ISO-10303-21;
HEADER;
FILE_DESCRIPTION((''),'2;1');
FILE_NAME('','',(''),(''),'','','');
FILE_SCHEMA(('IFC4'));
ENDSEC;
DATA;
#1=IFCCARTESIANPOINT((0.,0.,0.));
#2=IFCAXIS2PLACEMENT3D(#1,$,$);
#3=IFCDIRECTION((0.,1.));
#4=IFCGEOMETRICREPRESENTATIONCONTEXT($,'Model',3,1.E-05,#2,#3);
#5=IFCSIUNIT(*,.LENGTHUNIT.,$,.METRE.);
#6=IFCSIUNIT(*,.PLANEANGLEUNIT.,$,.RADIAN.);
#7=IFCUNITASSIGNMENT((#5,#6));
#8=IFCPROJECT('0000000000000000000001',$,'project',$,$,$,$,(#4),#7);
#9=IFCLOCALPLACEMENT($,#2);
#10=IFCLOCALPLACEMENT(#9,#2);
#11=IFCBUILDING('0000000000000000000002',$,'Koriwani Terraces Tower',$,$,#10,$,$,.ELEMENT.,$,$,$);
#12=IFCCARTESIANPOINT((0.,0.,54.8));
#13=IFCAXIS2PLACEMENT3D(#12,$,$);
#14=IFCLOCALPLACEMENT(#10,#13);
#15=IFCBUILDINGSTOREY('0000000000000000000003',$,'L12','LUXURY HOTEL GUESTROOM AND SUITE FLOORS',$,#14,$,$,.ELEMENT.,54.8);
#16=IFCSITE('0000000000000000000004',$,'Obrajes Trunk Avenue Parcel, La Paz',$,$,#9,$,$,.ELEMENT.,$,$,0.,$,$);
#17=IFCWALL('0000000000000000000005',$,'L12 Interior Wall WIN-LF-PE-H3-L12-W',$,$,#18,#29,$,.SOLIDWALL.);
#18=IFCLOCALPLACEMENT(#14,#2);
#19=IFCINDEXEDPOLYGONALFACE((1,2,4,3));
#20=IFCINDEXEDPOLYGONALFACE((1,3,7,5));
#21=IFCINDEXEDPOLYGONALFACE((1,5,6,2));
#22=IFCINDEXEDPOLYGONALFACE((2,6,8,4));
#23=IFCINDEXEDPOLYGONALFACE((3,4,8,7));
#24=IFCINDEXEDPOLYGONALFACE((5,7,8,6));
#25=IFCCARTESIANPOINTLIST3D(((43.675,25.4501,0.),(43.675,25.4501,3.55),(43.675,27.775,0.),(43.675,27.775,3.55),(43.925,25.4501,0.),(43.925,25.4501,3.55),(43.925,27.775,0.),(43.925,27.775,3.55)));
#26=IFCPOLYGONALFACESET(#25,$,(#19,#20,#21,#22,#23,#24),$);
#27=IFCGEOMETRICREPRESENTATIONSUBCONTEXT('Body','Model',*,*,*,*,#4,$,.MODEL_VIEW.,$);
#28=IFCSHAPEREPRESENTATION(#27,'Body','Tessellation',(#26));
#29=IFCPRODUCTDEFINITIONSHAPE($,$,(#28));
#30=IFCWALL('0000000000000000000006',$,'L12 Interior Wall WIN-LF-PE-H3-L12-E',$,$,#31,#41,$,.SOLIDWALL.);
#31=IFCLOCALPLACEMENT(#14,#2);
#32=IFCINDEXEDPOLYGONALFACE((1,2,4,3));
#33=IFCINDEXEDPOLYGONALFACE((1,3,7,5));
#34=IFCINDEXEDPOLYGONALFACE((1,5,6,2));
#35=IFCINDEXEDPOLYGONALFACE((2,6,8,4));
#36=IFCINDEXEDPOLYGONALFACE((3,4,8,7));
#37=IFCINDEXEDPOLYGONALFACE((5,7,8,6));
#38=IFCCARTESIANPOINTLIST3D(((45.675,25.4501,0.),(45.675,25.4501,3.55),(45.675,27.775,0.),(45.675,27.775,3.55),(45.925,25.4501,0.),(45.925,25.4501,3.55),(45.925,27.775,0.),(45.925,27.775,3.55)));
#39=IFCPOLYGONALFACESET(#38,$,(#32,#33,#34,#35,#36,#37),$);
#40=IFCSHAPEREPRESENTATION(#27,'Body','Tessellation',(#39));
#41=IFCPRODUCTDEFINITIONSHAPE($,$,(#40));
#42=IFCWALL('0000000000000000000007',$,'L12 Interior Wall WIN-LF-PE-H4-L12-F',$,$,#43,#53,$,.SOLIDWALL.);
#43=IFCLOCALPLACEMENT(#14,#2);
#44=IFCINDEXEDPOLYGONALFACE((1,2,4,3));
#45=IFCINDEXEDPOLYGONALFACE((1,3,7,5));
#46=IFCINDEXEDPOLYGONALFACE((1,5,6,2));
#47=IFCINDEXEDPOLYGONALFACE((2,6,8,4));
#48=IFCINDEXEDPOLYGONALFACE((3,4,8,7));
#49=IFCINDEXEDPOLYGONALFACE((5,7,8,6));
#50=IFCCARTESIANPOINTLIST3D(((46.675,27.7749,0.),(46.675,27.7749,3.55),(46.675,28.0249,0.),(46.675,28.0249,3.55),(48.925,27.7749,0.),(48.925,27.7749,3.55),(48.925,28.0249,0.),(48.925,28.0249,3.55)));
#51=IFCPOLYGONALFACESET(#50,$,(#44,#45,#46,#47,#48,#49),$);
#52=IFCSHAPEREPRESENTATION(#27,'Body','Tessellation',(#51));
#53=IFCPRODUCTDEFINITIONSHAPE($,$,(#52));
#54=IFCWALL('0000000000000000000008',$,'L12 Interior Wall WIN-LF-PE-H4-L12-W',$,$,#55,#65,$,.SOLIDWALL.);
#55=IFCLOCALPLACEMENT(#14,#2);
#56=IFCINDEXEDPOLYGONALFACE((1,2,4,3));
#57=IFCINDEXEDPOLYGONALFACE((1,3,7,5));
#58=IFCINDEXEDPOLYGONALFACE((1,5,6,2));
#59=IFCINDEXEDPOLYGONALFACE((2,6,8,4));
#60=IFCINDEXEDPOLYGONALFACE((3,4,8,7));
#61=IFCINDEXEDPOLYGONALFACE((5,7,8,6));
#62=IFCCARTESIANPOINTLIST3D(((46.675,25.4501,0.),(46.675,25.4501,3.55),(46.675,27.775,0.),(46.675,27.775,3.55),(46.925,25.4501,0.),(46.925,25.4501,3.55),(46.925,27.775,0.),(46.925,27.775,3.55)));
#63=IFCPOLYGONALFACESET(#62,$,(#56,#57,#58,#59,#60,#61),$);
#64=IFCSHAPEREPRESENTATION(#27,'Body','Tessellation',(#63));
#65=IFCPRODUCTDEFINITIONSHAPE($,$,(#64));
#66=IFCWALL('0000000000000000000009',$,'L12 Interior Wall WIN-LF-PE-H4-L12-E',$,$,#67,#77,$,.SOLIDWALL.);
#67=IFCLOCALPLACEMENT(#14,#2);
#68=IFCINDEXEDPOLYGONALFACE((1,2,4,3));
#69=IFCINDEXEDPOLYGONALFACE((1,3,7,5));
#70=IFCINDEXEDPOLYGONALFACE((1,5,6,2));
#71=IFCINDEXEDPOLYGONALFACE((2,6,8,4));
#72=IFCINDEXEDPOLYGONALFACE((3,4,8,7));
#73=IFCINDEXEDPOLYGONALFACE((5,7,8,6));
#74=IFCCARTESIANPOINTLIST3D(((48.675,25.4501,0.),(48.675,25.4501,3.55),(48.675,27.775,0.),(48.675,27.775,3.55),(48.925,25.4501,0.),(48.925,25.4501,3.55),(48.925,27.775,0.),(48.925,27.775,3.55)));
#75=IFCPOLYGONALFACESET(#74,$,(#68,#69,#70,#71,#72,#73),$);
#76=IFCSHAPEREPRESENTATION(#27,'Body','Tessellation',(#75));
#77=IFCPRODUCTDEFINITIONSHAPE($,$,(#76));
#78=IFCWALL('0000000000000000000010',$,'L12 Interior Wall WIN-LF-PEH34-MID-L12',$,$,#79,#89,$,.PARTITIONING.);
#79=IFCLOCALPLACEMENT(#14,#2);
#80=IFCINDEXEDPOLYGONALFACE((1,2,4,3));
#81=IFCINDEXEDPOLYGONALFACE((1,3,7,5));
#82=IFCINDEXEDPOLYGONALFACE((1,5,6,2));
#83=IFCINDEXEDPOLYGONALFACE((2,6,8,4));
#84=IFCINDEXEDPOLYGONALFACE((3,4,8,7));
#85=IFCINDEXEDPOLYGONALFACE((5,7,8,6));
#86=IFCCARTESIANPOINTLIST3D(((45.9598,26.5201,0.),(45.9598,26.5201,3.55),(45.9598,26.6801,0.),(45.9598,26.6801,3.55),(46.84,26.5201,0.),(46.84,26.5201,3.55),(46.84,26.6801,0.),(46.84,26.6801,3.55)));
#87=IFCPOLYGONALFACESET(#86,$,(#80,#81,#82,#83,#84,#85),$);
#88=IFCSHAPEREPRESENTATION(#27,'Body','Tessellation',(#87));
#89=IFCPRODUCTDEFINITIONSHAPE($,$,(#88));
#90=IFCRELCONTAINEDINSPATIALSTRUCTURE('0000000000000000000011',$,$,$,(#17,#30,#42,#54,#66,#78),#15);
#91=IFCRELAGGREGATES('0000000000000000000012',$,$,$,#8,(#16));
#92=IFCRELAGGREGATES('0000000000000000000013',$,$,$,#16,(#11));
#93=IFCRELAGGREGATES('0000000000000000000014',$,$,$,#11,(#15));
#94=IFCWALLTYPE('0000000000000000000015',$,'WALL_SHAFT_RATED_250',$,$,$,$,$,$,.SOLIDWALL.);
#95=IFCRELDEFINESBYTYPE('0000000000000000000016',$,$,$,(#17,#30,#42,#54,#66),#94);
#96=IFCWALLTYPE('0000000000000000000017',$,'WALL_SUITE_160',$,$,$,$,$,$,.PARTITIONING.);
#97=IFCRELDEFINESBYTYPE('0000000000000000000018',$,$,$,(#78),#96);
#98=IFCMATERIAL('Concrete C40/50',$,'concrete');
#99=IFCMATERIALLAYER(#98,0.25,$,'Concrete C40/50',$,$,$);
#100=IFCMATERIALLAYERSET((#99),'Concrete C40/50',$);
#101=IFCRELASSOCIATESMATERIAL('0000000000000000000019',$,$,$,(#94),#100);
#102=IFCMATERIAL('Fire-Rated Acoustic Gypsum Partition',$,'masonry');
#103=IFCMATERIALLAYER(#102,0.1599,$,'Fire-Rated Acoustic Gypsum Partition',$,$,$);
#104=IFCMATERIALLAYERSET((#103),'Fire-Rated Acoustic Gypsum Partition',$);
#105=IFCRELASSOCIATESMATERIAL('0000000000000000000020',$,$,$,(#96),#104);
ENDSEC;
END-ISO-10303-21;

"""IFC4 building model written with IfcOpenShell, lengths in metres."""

from ifc_helpers import new_model, si_unit, direction, frame, frame_2d, origin, place, context, subcontext, project, spatial, rectangle, extrude, material, layer, layer_set, type_object, element, save


model = new_model("IFC4")

# Units and contexts
model_context = context("Model", 3, precision=1e-05, world=origin(), true_north=direction((0.0, 1.0)))
body_context = subcontext(model_context, "Body", "Model", "MODEL_VIEW")
ifc_project = project(units=[si_unit("LENGTHUNIT", "METRE"), si_unit("PLANEANGLEUNIT", "RADIAN")], contexts=[model_context])

# Site, building, storey
site_placement = place(None, origin())
site = spatial("IfcSite", under=ifc_project, at=site_placement, Name="Obrajes Trunk Avenue Parcel, La Paz", CompositionType="ELEMENT", RefElevation=0.0)
building_placement = place(site_placement, origin())
building = spatial("IfcBuilding", under=site, at=building_placement, Name="Koriwani Terraces Tower", CompositionType="ELEMENT")
storey_placement = place(building_placement, frame((0.0, 0.0, 54.8)))
storey = spatial("IfcBuildingStorey", under=building, at=storey_placement, Name="L12", Description="LUXURY HOTEL GUESTROOM AND SUITE FLOORS", CompositionType="ELEMENT", Elevation=54.8)

# Walls
ifc_material_1 = material(Name="Concrete C40/50", Category="concrete")
ifc_layer_1 = layer(ifc_material_1, 0.25, Name="Concrete C40/50")
ifc_layer_set_1 = layer_set([ifc_layer_1], Name="Concrete C40/50")
wall_type_1 = type_object("IfcWallType", Name="WALL_SHAFT_RATED_250", PredefinedType="SOLIDWALL", material=ifc_layer_set_1)
for number, where, z_axis, x_axis, name in (
    (1, (43.8, 25.45, 0.0), (0.0, 0.0, 1.0), (0.0, 1.0, 0.0), "L12 Interior Wall WIN-LF-PE-H3-L12-W"),
    (2, (45.8, 25.45, 0.0), (0.0, 0.0, 1.0), (0.0, 1.0, 0.0), "L12 Interior Wall WIN-LF-PE-H3-L12-E"),
):
    element("IfcWall", number, at=place(storey_placement, frame(where, z_axis=z_axis, x_axis=x_axis)), inside=storey, type_object=wall_type_1, Name=name, PredefinedType="SOLIDWALL", context=body_context, shape_type="SweptSolid", body=[
        extrude(rectangle(XDim=2.325, YDim=0.25, at=frame_2d((1.1626, 0.0))), origin(), (0.0, 0.0, 1.0), 3.55),
    ])
wall_1_placement = place(storey_placement, frame((46.675, 27.8999, 0.0), z_axis=(0.0, 0.0, 1.0), x_axis=(1.0, 0.0, 0.0)))
element("IfcWall", 3, at=wall_1_placement, inside=storey, type_object=wall_type_1, Name="L12 Interior Wall WIN-LF-PE-H4-L12-F", PredefinedType="SOLIDWALL", context=body_context, shape_type="SweptSolid", body=[
    extrude(rectangle(XDim=2.25, YDim=0.25, at=frame_2d((1.125, 0.0))), origin(), (0.0, 0.0, 1.0), 3.55),
])
for number, where, z_axis, x_axis, name in (
    (4, (46.8, 25.45, 0.0), (0.0, 0.0, 1.0), (0.0, 1.0, 0.0), "L12 Interior Wall WIN-LF-PE-H4-L12-W"),
    (5, (48.8, 25.45, 0.0), (0.0, 0.0, 1.0), (0.0, 1.0, 0.0), "L12 Interior Wall WIN-LF-PE-H4-L12-E"),
):
    element("IfcWall", number, at=place(storey_placement, frame(where, z_axis=z_axis, x_axis=x_axis)), inside=storey, type_object=wall_type_1, Name=name, PredefinedType="SOLIDWALL", context=body_context, shape_type="SweptSolid", body=[
        extrude(rectangle(XDim=2.325, YDim=0.25, at=frame_2d((1.1626, 0.0))), origin(), (0.0, 0.0, 1.0), 3.55),
    ])
ifc_material_2 = material(Name="Fire-Rated Acoustic Gypsum Partition", Category="masonry")
ifc_layer_2 = layer(ifc_material_2, 0.1599, Name="Fire-Rated Acoustic Gypsum Partition")
ifc_layer_set_2 = layer_set([ifc_layer_2], Name="Fire-Rated Acoustic Gypsum Partition")
wall_type_2 = type_object("IfcWallType", Name="WALL_SUITE_160", PredefinedType="PARTITIONING", material=ifc_layer_set_2)
wall_2_placement = place(storey_placement, frame((45.96, 26.6001, 0.0), z_axis=(0.0, 0.0, 1.0), x_axis=(1.0, 0.0, 0.0)))
element("IfcWall", 6, at=wall_2_placement, inside=storey, type_object=wall_type_2, Name="L12 Interior Wall WIN-LF-PEH34-MID-L12", PredefinedType="PARTITIONING", context=body_context, shape_type="SweptSolid", body=[
    extrude(rectangle(XDim=0.8801, YDim=0.1599, at=frame_2d((0.4399, 0.0))), origin(), (0.0, 0.0, 1.0), 3.55),
])

save(model, "model.ifc")
